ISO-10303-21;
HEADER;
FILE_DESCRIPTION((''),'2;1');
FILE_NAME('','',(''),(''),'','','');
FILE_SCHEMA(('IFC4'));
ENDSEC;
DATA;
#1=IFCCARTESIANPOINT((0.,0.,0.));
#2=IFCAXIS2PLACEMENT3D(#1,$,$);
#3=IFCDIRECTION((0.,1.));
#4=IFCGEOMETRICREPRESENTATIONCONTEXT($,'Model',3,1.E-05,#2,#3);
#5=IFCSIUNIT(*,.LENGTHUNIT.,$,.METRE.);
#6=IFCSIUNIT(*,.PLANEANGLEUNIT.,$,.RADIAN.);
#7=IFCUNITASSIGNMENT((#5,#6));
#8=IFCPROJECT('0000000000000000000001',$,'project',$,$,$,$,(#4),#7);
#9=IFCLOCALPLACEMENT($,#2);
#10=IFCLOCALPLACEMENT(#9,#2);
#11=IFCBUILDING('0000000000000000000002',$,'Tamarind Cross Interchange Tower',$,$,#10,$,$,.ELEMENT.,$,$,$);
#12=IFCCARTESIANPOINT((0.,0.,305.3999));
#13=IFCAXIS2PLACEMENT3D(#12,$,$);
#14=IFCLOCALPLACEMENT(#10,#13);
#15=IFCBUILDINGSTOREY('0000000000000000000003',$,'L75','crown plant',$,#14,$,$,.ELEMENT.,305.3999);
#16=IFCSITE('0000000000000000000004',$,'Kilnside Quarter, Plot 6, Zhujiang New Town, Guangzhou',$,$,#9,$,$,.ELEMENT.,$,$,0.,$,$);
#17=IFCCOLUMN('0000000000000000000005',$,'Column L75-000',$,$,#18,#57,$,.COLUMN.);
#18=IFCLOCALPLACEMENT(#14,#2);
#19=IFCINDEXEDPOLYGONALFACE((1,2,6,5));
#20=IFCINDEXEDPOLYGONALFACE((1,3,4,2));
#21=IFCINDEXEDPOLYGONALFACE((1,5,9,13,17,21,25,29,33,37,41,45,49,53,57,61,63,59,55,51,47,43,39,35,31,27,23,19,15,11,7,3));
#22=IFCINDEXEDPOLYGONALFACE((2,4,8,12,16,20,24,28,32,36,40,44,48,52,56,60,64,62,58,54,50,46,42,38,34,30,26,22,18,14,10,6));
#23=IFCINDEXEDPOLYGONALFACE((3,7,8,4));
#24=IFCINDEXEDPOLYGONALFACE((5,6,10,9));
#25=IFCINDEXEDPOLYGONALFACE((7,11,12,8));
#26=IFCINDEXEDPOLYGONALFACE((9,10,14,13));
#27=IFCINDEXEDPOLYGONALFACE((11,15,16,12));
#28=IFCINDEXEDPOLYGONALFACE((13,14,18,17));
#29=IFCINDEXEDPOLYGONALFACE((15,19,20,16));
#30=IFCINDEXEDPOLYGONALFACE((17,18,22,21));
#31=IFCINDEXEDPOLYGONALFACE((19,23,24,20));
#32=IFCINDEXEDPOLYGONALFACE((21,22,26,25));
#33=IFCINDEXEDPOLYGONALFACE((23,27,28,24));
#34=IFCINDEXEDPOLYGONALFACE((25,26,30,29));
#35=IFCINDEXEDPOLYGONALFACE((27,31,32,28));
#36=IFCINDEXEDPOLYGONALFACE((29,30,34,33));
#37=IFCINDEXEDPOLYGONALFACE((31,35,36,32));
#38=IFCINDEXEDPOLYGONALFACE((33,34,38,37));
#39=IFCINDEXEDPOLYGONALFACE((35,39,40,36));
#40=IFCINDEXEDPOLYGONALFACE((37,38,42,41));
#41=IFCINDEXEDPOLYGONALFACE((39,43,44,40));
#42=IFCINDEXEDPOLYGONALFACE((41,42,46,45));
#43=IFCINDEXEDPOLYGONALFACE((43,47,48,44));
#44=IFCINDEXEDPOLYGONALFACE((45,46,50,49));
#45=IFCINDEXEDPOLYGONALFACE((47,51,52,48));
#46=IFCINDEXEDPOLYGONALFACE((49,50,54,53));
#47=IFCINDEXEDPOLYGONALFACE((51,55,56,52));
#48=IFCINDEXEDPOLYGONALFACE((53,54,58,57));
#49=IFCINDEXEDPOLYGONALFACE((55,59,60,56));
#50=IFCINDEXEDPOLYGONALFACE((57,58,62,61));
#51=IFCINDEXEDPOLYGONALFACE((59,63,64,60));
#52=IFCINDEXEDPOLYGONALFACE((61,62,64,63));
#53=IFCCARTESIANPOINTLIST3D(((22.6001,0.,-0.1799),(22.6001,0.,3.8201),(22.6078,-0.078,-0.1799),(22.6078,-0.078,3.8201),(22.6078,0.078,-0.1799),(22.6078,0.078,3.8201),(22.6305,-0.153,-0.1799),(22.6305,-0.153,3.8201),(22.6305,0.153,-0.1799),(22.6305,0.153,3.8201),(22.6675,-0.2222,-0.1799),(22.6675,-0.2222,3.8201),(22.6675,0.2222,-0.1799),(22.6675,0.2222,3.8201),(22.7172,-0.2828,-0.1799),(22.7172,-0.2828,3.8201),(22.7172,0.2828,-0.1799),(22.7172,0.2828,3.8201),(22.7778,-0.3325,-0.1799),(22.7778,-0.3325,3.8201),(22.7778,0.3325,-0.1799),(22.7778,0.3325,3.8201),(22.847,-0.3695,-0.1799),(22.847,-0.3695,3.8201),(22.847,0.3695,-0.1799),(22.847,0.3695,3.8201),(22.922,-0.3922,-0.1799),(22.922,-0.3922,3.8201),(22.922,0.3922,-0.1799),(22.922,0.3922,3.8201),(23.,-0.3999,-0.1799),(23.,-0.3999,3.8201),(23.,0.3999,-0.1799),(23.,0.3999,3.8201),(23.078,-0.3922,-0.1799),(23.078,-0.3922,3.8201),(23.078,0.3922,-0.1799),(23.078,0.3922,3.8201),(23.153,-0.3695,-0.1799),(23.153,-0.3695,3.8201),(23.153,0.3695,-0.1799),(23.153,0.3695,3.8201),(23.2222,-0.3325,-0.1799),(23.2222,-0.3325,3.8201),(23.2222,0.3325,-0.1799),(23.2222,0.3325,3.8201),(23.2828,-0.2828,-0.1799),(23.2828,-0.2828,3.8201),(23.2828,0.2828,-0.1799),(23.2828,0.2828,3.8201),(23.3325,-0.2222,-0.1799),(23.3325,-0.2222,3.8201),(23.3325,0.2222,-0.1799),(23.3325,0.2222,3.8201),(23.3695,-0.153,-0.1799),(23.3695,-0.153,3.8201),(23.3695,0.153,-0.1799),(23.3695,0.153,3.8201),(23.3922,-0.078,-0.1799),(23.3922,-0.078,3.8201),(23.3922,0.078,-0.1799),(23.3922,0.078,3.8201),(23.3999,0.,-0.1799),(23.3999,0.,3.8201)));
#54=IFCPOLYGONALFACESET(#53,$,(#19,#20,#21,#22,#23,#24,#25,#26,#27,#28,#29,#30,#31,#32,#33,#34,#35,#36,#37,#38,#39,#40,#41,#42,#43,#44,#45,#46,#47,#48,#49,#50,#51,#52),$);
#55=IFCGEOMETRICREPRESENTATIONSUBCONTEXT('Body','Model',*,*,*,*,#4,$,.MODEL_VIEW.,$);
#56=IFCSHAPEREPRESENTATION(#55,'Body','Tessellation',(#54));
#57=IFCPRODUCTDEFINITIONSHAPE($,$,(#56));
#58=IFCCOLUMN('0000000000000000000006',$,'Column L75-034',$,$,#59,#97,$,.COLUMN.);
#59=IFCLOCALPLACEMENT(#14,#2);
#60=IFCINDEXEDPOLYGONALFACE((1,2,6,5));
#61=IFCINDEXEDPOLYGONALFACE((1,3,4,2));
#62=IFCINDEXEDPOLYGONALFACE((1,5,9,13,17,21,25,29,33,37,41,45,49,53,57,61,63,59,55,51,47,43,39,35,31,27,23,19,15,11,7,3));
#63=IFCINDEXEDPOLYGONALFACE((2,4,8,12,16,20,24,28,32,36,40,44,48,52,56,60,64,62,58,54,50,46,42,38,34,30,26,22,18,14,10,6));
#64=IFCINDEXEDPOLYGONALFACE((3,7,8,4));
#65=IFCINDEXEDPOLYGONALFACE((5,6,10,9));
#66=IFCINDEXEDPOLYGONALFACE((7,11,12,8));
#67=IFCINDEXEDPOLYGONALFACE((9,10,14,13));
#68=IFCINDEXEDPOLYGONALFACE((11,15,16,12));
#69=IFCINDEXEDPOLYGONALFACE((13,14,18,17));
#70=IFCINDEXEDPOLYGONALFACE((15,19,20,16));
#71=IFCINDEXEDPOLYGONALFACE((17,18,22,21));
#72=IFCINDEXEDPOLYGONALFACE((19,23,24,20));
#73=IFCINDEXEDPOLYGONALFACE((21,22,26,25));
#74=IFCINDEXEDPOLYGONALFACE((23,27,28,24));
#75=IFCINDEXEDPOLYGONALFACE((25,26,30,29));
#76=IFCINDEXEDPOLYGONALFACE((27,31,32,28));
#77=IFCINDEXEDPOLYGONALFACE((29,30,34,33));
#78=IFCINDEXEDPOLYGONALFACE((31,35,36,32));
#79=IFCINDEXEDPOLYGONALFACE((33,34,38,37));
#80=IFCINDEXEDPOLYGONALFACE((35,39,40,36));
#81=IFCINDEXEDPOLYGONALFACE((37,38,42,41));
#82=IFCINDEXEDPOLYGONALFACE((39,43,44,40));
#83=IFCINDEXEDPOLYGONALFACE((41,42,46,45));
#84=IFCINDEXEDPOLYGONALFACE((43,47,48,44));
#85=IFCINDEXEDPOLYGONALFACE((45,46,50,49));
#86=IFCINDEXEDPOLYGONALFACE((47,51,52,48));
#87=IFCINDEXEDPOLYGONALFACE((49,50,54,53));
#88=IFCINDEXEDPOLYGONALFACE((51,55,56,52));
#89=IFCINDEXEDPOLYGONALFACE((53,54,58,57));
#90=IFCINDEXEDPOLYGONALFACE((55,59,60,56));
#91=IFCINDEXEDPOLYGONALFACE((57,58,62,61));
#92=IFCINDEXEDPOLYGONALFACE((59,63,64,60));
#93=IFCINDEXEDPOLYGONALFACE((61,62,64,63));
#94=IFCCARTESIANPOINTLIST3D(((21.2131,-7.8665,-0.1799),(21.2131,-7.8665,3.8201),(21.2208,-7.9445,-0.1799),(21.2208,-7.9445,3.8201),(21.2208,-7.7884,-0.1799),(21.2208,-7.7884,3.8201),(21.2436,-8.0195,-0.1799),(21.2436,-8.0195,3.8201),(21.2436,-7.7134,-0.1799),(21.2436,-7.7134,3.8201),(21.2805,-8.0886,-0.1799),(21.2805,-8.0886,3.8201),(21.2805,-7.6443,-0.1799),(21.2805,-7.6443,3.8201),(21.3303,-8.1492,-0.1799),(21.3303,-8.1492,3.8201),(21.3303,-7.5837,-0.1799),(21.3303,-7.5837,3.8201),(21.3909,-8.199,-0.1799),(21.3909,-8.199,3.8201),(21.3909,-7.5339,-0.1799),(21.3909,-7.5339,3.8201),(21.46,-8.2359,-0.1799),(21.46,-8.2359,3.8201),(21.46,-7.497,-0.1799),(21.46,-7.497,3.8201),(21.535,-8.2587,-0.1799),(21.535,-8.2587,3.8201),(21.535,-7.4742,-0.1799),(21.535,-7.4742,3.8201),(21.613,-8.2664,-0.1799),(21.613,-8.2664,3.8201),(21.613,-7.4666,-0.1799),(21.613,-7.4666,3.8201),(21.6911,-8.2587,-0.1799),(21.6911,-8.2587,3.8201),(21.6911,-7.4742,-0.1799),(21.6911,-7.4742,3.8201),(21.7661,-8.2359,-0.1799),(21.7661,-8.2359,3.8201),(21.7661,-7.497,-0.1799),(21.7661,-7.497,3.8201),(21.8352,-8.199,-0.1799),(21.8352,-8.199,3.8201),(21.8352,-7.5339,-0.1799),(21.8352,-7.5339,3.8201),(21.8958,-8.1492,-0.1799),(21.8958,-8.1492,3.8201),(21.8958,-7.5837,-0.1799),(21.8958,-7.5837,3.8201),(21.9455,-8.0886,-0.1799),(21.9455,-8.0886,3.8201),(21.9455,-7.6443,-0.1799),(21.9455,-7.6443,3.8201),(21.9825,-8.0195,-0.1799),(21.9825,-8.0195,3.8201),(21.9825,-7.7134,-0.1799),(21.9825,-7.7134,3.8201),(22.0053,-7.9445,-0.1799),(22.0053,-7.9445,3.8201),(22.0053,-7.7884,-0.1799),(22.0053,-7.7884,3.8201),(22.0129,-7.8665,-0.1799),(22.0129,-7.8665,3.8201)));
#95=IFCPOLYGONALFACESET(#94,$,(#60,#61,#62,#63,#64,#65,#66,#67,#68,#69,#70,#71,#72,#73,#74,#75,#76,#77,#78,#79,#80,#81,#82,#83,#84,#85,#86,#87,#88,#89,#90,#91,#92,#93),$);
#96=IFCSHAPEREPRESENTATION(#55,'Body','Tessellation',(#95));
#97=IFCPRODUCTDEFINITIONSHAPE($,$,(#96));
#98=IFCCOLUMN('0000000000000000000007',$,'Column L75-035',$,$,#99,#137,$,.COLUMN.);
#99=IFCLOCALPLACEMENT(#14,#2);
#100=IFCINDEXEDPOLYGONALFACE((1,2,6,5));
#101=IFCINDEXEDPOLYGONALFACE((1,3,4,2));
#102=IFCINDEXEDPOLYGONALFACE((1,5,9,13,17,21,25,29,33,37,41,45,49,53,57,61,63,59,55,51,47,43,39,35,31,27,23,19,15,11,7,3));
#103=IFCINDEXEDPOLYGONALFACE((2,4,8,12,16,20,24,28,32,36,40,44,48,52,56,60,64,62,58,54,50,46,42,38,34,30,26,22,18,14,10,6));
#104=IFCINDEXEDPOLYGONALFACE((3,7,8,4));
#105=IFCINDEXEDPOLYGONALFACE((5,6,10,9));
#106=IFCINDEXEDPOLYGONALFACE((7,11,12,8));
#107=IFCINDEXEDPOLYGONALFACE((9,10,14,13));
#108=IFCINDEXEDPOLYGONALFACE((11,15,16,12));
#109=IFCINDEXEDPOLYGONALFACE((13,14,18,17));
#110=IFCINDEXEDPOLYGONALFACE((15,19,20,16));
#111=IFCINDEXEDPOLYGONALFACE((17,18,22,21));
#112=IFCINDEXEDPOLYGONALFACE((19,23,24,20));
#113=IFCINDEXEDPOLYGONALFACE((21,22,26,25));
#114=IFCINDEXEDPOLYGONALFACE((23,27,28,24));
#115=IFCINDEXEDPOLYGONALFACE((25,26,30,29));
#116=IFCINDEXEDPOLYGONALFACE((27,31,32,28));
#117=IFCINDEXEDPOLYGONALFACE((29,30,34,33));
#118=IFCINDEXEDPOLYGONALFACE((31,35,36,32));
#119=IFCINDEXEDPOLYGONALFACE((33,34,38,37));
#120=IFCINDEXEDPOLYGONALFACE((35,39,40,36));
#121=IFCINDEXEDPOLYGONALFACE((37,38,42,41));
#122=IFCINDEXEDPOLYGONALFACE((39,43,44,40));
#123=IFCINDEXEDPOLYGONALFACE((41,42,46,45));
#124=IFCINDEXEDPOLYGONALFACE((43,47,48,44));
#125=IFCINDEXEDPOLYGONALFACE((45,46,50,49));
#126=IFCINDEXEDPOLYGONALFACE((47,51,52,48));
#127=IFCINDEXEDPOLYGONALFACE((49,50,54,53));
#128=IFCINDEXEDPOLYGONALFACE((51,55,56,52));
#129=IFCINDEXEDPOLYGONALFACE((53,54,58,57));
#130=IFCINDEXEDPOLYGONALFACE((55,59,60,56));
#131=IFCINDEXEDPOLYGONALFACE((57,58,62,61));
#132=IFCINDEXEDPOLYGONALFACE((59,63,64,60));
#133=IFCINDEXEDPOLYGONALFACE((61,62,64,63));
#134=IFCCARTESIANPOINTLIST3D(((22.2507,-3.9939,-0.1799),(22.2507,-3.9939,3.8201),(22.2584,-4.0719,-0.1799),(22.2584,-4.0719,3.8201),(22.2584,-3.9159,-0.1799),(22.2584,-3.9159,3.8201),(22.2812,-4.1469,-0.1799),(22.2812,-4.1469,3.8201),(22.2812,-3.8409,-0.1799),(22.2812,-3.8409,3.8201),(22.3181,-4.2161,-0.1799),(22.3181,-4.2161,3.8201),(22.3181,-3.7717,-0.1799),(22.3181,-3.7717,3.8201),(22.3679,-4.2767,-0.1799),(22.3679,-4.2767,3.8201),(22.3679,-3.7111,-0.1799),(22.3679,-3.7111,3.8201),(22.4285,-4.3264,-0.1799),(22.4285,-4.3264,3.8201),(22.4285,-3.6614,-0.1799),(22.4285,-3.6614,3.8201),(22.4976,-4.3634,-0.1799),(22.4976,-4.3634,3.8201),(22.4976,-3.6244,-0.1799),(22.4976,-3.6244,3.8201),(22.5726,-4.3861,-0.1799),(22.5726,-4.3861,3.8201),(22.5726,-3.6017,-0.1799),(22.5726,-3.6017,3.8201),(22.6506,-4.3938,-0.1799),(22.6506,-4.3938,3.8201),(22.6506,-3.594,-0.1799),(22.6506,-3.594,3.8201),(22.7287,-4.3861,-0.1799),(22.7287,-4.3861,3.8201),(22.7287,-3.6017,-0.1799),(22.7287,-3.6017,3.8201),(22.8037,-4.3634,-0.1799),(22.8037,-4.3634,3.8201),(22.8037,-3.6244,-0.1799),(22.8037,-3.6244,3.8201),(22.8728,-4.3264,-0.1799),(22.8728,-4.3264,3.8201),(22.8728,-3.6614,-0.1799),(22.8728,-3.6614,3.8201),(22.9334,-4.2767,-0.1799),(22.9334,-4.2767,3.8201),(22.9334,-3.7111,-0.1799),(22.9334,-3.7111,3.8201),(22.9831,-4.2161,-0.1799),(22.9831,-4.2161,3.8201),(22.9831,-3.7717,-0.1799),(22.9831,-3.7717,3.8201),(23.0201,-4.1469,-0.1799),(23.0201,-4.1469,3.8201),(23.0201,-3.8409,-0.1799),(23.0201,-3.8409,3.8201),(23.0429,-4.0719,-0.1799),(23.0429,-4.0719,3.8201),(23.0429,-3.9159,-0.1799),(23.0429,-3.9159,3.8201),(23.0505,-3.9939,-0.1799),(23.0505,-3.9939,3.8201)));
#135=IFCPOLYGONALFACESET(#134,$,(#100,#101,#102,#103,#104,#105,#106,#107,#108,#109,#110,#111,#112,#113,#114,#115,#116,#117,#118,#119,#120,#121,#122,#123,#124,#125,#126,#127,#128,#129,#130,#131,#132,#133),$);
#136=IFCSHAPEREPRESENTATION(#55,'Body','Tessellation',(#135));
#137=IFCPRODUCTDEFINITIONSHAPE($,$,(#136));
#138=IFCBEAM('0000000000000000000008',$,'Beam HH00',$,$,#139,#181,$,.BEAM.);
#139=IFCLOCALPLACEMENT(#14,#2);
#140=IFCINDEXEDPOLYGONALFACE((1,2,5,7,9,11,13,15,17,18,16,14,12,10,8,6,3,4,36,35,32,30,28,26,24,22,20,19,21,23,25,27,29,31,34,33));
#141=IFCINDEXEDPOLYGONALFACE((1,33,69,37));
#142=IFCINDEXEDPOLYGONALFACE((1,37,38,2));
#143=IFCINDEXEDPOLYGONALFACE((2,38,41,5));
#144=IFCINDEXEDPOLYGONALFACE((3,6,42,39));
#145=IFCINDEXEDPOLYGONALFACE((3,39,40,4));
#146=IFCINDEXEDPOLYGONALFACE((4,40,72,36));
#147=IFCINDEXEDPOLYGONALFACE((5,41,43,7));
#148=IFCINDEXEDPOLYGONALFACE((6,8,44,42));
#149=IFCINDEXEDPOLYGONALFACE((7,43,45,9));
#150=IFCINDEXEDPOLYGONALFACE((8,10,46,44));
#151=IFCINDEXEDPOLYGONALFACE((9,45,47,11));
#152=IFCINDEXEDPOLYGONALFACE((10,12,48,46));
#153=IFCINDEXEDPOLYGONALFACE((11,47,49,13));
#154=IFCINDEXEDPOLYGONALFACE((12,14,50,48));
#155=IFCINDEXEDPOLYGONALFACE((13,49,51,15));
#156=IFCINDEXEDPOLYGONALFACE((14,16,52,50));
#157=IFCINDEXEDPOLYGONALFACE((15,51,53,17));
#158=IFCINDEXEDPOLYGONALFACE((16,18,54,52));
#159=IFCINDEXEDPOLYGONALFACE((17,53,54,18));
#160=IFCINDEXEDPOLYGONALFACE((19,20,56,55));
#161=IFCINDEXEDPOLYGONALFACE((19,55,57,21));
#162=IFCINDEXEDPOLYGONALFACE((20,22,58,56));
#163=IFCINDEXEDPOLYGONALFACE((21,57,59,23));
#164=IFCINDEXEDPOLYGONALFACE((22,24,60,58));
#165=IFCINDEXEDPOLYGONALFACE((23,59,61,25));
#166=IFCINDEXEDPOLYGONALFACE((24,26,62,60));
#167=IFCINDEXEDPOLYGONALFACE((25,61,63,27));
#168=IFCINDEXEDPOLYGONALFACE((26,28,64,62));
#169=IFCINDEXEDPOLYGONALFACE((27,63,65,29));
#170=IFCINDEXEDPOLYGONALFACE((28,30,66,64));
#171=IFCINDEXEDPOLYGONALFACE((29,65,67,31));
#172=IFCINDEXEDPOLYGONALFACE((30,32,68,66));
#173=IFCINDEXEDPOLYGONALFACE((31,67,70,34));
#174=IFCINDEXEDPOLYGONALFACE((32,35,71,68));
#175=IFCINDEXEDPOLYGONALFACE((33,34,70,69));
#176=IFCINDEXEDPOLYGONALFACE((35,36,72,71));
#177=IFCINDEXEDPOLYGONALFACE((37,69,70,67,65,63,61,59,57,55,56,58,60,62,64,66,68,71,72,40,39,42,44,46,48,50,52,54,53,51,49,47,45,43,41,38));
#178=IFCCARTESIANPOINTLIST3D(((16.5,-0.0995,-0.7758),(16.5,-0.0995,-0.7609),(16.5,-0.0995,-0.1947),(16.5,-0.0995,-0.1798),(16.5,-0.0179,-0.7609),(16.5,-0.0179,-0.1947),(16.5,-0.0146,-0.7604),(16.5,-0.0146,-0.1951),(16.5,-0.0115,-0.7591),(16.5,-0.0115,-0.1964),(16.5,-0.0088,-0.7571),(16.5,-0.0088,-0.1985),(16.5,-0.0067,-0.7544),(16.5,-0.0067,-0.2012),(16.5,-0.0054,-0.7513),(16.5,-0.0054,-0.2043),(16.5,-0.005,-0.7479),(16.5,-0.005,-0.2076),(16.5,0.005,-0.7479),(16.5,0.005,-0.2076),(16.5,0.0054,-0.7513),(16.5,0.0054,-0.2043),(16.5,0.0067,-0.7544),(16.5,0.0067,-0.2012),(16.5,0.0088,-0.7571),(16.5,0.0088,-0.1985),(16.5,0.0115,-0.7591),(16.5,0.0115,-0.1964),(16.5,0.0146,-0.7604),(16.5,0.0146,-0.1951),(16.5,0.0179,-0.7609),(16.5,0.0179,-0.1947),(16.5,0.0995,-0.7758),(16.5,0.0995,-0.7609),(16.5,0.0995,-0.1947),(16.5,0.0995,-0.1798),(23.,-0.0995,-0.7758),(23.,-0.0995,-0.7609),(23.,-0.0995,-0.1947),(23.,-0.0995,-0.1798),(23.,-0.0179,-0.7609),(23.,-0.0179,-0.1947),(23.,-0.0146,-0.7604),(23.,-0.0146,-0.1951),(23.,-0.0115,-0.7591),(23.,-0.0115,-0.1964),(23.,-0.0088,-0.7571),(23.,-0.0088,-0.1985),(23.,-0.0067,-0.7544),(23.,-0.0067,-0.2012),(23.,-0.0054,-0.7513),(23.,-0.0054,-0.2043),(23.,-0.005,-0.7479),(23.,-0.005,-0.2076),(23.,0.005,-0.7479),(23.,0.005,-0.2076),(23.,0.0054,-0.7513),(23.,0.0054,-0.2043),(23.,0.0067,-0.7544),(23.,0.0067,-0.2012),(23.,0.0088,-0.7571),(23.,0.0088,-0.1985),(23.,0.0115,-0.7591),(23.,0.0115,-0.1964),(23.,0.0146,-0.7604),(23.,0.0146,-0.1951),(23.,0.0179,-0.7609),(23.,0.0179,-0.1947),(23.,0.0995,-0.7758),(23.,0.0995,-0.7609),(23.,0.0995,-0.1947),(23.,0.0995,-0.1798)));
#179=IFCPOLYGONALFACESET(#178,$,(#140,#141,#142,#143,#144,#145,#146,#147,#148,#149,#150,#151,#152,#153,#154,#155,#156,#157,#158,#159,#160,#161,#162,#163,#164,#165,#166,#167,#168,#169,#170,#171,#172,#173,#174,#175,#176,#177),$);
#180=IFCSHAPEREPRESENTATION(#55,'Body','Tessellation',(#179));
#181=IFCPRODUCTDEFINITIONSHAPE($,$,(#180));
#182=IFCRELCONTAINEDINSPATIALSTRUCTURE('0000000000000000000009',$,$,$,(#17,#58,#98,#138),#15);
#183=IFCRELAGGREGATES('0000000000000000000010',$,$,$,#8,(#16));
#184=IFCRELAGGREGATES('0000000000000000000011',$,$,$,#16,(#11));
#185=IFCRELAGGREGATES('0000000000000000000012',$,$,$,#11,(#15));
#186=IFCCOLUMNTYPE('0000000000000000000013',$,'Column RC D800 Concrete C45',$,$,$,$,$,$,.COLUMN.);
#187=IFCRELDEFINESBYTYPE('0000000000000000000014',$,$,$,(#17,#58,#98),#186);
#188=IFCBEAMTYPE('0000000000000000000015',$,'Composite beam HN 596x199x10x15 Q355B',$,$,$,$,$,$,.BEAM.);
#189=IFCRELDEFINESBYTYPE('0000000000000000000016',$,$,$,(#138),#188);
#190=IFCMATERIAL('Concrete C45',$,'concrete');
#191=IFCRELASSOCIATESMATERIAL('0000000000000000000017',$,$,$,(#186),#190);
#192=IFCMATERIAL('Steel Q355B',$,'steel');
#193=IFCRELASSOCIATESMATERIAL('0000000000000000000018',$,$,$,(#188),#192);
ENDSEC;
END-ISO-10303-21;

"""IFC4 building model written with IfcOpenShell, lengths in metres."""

from ifc_helpers import new_model, si_unit, direction, frame, origin, origin_2d, place, context, subcontext, project, spatial, circle, i_section, extrude, material, material_profile, profile_set, type_object, element, save


model = new_model("IFC4")

# Units and contexts
model_context = context("Model", 3, precision=1e-05, world=origin(), true_north=direction((0.0, 1.0)))
body_context = subcontext(model_context, "Body", "Model", "MODEL_VIEW")
ifc_project = project(units=[si_unit("LENGTHUNIT", "METRE"), si_unit("PLANEANGLEUNIT", "RADIAN")], contexts=[model_context])

# Site, building, storey
site_placement = place(None, origin())
site = spatial("IfcSite", under=ifc_project, at=site_placement, Name="Kilnside Quarter, Plot 6, Zhujiang New Town, Guangzhou", CompositionType="ELEMENT", RefElevation=0.0)
building_placement = place(site_placement, origin())
building = spatial("IfcBuilding", under=site, at=building_placement, Name="Tamarind Cross Interchange Tower", CompositionType="ELEMENT")
storey_placement = place(building_placement, frame((0.0, 0.0, 305.3999)))
storey = spatial("IfcBuildingStorey", under=building, at=storey_placement, Name="L75", Description="crown plant", CompositionType="ELEMENT", Elevation=305.3999)

# Columns
ifc_material_1 = material(Name="Concrete C45", Category="concrete")
ifc_material_profile_1 = material_profile(ifc_material_1, circle(Radius=0.3999, at=origin_2d()), Name="RC D800")
ifc_profile_set_1 = profile_set([ifc_material_profile_1], Name="Concrete C45")
column_type = type_object("IfcColumnType", Name="Column RC D800 Concrete C45", PredefinedType="COLUMN", material=ifc_profile_set_1)
for number, where, z_axis, x_axis, name in (
    (1, (23.0, 0.0, -0.1799), (0.0, 0.0, 1.0), (1.0, 0.0, 0.0), "Column L75-000"),
    (2, (21.613, -7.8665, -0.1799), (0.0, 0.0, 1.0), (1.0, 0.0, 0.0), "Column L75-034"),
    (3, (22.6506, -3.9939, -0.1799), (0.0, 0.0, 1.0), (1.0, 0.0, 0.0), "Column L75-035"),
):
    element("IfcColumn", number, at=place(storey_placement, frame(where, z_axis=z_axis, x_axis=x_axis)), inside=storey, type_object=column_type, Name=name, PredefinedType="COLUMN", context=body_context, shape_type="SweptSolid", body=[
        extrude(circle(Radius=0.3999, at=origin_2d()), origin(), (0.0, 0.0, 1.0), 4.0),
    ])

# Beam
ifc_material_2 = material(Name="Steel Q355B", Category="steel")
ifc_material_profile_2 = material_profile(ifc_material_2, i_section(OverallWidth=0.199, OverallDepth=0.5959, WebThickness=0.01, FlangeThickness=0.0149, FilletRadius=0.0129, at=origin_2d()), Name="HN 596x199x10x15")
ifc_profile_set_2 = profile_set([ifc_material_profile_2], Name="Steel Q355B")
beam_type = type_object("IfcBeamType", Name="Composite beam HN 596x199x10x15 Q355B", PredefinedType="BEAM", material=ifc_profile_set_2)
beam_1_placement = place(storey_placement, frame((23.0, 0.0, -0.4778), z_axis=(-1.0, 0.0, 0.0), x_axis=(0.0, -1.0, 0.0)))
element("IfcBeam", 4, at=beam_1_placement, inside=storey, type_object=beam_type, Name="Beam HH00", PredefinedType="BEAM", context=body_context, shape_type="SweptSolid", body=[
    extrude(i_section(OverallWidth=0.199, OverallDepth=0.5959, WebThickness=0.01, FlangeThickness=0.0149, FilletRadius=0.0129, at=origin_2d()), origin(), (0.0, 0.0, 1.0), 6.5),
])

save(model, "model.ifc")
